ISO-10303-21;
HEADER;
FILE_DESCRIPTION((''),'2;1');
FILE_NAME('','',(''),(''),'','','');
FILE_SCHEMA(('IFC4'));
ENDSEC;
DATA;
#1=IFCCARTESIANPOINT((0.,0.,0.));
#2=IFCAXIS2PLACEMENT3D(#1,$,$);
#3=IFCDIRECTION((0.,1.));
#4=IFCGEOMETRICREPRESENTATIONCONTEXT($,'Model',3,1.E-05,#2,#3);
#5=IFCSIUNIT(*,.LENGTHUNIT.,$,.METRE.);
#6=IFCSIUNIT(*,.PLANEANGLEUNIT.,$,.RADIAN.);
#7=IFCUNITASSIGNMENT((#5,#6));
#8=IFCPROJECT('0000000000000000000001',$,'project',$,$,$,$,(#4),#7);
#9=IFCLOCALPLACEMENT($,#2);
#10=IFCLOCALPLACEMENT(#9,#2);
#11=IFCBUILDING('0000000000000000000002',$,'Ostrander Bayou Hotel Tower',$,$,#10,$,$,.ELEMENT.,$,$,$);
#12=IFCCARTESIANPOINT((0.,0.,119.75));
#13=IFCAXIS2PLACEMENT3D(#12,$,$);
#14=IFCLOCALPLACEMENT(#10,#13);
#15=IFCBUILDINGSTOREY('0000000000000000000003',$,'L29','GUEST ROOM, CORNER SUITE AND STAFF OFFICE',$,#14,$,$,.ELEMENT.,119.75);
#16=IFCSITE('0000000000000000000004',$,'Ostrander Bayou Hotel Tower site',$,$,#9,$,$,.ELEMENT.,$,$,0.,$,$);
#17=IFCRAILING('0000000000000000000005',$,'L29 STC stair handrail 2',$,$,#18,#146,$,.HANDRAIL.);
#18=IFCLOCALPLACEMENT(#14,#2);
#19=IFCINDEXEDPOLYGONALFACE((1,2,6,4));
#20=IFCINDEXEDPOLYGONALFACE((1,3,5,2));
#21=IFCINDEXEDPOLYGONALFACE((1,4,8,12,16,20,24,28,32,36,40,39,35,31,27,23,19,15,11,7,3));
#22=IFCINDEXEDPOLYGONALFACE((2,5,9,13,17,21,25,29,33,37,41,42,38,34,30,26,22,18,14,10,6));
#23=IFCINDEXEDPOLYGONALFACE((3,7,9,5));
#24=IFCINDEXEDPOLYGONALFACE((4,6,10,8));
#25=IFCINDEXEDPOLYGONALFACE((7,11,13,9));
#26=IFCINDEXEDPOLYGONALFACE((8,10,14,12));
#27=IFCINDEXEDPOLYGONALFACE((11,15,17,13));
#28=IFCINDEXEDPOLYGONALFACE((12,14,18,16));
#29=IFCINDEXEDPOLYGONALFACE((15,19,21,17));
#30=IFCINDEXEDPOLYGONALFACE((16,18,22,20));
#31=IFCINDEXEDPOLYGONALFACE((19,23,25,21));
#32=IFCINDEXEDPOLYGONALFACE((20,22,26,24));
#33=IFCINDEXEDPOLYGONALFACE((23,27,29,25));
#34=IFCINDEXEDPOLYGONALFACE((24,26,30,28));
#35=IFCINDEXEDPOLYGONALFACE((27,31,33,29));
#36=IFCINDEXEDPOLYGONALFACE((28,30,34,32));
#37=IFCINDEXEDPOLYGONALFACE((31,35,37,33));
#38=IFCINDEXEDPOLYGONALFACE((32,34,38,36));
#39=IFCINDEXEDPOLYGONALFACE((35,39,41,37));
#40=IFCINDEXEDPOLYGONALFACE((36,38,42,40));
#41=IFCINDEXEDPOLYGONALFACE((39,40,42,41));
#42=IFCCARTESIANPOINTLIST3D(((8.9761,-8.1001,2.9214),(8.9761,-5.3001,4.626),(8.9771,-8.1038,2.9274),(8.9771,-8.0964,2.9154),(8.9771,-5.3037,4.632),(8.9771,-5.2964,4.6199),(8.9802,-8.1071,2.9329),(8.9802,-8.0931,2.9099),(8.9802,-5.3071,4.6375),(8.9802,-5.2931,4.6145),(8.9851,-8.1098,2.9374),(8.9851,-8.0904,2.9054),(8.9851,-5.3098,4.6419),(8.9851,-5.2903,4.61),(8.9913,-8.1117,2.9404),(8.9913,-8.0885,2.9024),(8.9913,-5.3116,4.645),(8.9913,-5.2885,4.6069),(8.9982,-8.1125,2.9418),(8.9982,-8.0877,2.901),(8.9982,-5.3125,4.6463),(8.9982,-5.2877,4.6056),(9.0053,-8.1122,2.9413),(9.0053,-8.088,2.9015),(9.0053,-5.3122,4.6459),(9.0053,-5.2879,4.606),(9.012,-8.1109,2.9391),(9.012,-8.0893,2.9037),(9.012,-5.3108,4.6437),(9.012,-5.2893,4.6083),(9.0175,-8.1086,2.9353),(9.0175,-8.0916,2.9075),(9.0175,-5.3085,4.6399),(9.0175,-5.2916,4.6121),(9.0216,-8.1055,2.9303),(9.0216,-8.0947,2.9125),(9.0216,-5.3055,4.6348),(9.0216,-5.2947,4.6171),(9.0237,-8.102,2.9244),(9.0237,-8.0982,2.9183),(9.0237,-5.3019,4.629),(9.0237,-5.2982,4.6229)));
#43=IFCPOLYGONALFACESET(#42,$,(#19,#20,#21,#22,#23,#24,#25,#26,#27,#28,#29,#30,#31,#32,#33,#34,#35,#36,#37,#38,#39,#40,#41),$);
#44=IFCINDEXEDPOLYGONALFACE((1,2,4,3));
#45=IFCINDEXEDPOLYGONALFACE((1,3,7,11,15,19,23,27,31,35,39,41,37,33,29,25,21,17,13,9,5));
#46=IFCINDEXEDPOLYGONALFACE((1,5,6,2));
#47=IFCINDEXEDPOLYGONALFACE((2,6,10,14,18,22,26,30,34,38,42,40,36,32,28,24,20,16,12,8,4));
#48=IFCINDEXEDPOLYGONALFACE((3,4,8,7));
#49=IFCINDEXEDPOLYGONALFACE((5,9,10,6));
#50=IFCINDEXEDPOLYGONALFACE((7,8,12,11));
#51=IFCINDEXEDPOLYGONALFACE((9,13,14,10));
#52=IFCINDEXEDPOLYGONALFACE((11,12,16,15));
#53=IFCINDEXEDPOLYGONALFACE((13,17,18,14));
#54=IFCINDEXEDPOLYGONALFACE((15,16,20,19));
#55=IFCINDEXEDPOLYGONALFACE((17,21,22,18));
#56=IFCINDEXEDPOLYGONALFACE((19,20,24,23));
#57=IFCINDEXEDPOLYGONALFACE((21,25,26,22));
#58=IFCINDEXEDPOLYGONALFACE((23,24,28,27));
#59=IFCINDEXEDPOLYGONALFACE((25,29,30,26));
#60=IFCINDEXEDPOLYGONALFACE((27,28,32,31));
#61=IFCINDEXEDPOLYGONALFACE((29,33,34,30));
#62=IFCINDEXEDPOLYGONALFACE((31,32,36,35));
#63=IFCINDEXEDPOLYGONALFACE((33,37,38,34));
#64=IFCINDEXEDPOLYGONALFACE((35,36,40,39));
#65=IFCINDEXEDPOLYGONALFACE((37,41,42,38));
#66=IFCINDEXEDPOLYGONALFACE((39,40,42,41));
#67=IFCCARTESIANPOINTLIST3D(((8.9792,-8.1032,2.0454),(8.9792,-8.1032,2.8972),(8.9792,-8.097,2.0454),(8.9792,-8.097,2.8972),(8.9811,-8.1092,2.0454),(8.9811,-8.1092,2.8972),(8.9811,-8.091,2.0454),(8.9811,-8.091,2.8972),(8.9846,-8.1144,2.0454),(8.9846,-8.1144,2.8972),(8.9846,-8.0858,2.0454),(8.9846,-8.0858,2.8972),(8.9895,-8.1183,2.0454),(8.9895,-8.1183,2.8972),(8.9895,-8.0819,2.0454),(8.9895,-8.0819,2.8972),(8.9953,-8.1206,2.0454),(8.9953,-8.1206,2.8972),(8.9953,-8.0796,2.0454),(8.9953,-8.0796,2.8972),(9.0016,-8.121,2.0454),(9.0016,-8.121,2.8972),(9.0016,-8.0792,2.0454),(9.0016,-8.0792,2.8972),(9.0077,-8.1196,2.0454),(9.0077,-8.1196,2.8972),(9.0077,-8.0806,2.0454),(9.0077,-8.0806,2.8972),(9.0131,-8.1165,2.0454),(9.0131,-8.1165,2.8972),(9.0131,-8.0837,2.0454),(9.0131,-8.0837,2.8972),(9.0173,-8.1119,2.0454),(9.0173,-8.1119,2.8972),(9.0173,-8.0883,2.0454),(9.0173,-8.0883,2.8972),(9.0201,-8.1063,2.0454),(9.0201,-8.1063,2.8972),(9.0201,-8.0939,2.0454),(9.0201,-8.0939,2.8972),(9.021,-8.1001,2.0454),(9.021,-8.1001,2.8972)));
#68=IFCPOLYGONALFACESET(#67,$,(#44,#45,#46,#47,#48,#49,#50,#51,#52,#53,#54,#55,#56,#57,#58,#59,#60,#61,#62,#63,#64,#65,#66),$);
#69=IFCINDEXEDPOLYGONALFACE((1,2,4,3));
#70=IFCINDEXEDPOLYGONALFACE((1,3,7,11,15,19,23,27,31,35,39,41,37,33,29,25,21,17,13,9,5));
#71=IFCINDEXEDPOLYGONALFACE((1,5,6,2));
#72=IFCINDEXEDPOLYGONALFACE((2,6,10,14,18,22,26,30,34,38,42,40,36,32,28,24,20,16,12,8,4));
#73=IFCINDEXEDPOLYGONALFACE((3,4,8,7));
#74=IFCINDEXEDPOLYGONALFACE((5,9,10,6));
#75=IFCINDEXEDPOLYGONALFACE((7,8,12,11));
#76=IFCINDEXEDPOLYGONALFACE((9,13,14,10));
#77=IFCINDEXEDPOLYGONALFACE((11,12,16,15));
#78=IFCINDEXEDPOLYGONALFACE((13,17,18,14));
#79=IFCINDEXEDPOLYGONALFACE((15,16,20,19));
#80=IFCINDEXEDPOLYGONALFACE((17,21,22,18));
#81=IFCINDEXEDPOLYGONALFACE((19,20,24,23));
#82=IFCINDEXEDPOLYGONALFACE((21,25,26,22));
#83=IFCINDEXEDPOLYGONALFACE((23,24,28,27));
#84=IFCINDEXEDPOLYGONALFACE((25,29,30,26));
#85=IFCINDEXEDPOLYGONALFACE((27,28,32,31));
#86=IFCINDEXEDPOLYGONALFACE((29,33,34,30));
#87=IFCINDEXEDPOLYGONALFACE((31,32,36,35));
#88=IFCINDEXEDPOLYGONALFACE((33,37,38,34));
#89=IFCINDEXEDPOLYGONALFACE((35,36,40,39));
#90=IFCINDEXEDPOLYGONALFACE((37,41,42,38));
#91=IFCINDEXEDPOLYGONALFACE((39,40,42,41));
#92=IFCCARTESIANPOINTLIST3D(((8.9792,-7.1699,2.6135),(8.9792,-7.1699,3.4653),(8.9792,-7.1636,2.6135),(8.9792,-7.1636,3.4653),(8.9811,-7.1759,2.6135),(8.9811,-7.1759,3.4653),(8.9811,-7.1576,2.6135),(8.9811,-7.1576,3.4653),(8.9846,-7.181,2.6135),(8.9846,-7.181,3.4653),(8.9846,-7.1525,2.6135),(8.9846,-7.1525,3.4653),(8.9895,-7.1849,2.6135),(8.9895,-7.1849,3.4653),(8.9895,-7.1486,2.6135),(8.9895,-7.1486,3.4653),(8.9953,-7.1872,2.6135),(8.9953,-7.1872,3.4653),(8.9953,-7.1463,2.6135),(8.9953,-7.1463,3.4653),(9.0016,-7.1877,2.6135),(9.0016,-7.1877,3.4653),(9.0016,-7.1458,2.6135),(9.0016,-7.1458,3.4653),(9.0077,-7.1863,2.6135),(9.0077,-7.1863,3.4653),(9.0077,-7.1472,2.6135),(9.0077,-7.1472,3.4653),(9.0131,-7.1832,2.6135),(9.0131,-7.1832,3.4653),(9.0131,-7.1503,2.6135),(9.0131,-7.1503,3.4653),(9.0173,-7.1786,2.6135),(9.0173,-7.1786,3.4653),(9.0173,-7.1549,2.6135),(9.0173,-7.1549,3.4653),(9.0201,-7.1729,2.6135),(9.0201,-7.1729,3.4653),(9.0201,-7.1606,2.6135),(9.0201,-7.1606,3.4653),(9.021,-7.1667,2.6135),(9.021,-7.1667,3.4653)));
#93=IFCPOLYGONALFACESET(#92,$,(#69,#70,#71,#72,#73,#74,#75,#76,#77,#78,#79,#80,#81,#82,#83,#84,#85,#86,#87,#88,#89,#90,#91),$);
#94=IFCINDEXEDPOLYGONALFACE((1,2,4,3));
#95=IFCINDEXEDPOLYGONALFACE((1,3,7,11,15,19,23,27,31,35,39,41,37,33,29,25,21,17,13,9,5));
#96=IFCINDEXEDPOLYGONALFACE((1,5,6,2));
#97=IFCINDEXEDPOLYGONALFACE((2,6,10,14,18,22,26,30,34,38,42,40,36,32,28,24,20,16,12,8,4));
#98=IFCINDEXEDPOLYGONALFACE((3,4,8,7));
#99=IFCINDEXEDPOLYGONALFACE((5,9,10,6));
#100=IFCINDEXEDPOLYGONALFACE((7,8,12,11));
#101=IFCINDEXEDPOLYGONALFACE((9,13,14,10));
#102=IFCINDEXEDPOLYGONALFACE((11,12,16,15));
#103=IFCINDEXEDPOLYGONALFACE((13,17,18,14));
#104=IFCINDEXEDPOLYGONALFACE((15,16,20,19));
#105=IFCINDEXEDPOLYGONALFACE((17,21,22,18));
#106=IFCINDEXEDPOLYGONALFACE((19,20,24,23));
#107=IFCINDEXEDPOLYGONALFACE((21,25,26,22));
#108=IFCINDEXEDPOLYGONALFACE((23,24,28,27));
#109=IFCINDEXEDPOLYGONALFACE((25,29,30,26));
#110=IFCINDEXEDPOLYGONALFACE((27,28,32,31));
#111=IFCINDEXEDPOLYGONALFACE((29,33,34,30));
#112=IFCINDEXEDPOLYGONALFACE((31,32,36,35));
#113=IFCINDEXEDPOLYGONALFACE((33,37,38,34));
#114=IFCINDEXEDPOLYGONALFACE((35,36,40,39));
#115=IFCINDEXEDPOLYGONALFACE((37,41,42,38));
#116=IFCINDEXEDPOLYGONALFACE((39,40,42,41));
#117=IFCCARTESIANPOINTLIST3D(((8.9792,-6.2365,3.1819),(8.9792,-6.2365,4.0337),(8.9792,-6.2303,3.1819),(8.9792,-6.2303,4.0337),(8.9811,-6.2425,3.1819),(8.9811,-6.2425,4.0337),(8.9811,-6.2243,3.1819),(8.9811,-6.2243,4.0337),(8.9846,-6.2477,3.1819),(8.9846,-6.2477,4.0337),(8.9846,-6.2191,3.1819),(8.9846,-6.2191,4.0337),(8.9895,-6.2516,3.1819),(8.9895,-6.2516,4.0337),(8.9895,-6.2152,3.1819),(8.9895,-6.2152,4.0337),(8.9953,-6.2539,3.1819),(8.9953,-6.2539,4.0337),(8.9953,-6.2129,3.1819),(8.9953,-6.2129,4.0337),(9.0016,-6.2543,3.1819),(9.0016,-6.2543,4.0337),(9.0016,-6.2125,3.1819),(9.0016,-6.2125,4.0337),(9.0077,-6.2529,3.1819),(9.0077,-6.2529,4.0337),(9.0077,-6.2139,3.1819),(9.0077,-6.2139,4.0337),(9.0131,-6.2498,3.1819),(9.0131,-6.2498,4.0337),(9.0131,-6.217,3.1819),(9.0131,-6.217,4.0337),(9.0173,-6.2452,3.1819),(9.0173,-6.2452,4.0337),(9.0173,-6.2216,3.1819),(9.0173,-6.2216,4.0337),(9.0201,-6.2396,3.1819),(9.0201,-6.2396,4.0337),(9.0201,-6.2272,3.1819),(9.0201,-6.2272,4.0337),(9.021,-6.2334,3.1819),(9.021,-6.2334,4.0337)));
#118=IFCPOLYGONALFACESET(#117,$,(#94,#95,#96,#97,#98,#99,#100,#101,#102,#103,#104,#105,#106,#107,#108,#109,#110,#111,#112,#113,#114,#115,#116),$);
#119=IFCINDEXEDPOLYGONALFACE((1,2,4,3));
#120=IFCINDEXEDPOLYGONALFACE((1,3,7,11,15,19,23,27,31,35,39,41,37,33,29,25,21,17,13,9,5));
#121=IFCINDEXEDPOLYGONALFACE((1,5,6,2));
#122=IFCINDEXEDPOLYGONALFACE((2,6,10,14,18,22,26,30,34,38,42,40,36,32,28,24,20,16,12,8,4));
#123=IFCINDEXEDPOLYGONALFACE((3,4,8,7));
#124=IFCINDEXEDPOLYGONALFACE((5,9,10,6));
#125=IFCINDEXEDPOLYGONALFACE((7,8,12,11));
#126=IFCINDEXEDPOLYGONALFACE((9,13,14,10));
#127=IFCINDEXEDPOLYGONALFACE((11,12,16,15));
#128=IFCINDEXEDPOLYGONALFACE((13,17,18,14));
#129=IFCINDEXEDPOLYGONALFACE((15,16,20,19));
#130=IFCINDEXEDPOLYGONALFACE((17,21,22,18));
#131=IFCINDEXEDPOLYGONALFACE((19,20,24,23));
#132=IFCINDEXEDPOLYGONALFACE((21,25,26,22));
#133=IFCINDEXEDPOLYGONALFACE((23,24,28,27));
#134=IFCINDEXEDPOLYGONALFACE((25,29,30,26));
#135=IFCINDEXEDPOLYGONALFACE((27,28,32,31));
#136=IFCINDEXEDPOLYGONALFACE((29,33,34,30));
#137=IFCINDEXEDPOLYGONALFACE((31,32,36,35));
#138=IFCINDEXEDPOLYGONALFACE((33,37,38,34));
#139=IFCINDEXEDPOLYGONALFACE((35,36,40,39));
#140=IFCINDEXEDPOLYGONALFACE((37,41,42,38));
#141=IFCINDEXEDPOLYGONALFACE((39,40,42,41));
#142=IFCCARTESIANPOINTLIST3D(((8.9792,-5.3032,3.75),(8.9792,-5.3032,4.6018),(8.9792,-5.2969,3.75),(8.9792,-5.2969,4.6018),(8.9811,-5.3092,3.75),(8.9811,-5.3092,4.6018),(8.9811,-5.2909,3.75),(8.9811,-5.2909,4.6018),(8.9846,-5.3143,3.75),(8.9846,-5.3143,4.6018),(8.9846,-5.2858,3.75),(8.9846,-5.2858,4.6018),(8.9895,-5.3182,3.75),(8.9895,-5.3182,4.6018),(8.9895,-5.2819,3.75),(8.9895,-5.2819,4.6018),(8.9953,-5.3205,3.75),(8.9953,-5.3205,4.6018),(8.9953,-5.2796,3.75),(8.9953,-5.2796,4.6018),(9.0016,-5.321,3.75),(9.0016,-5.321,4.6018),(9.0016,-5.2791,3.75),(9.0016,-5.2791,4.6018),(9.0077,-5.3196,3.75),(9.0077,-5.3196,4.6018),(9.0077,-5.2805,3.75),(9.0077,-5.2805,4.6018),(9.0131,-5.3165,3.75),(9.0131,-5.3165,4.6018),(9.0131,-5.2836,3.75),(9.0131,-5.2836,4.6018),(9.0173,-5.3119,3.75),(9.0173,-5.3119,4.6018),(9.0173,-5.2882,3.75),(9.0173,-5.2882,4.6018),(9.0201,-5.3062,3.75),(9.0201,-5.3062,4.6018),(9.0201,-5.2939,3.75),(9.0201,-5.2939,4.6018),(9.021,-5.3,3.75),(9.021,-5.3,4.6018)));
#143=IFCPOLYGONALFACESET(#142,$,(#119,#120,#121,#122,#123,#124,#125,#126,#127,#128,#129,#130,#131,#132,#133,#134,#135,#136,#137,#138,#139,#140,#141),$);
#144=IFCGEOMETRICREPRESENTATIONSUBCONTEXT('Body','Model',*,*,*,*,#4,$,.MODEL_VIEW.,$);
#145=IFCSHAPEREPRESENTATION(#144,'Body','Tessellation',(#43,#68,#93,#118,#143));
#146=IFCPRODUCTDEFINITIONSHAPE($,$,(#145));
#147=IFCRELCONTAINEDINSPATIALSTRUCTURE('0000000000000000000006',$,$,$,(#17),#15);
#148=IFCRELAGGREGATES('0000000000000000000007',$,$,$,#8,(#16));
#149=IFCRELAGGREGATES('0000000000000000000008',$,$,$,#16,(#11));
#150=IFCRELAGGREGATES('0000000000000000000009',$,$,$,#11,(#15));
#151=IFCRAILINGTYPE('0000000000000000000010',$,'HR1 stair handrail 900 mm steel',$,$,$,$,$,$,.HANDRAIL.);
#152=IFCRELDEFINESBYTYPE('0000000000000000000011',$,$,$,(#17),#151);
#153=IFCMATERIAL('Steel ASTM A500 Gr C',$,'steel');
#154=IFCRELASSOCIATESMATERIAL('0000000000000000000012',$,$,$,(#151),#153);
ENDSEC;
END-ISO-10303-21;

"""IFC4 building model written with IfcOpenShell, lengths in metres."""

from ifc_helpers import new_model, si_unit, direction, frame, origin, origin_2d, place, context, subcontext, project, spatial, circle, extrude, material, type_object, element, save


model = new_model("IFC4")

# Units and contexts
model_context = context("Model", 3, precision=1e-05, world=origin(), true_north=direction((0.0, 1.0)))
body_context = subcontext(model_context, "Body", "Model", "MODEL_VIEW")
ifc_project = project(units=[si_unit("LENGTHUNIT", "METRE"), si_unit("PLANEANGLEUNIT", "RADIAN")], contexts=[model_context])

# Site, building, storey
site_placement = place(None, origin())
site = spatial("IfcSite", under=ifc_project, at=site_placement, Name="Ostrander Bayou Hotel Tower site", CompositionType="ELEMENT", RefElevation=0.0)
building_placement = place(site_placement, origin())
building = spatial("IfcBuilding", under=site, at=building_placement, Name="Ostrander Bayou Hotel Tower", CompositionType="ELEMENT")
storey_placement = place(building_placement, frame((0.0, 0.0, 119.75)))
storey = spatial("IfcBuildingStorey", under=building, at=storey_placement, Name="L29", Description="GUEST ROOM, CORNER SUITE AND STAFF OFFICE", CompositionType="ELEMENT", Elevation=119.75)

# Railing
ifc_material_1 = material(Name="Steel ASTM A500 Gr C", Category="steel")
railing_type_1 = type_object("IfcRailingType", Name="HR1 stair handrail 900 mm steel", PredefinedType="HANDRAIL", material=ifc_material_1)
railing_1_placement = place(storey_placement, frame((9.0, -8.1001, 2.0454)))
element("IfcRailing", 1, at=railing_1_placement, inside=storey, type_object=railing_type_1, Name="L29 STC stair handrail 2", PredefinedType="HANDRAIL", context=body_context, shape_type="SweptSolid", body=[
    extrude(circle(Radius=0.0239, at=origin_2d()), frame((0.0, 0.0, 0.876), z_axis=(0.0, 0.85417, 0.519994), x_axis=(-1.0, 0.0, 0.0)), (0.0, 0.0, 1.0), 3.2781),
    extrude(circle(Radius=0.021, at=origin_2d()), origin(), (0.0, 0.0, 1.0), 0.8518),
    extrude(circle(Radius=0.021, at=origin_2d()), frame((0.0, 0.9333, 0.5681)), (0.0, 0.0, 1.0), 0.8518),
    extrude(circle(Radius=0.021, at=origin_2d()), frame((0.0, 1.8667, 1.1365)), (0.0, 0.0, 1.0), 0.8518),
    extrude(circle(Radius=0.021, at=origin_2d()), frame((0.0, 2.8, 1.7046)), (0.0, 0.0, 1.0), 0.8518),
])

save(model, "model.ifc")
